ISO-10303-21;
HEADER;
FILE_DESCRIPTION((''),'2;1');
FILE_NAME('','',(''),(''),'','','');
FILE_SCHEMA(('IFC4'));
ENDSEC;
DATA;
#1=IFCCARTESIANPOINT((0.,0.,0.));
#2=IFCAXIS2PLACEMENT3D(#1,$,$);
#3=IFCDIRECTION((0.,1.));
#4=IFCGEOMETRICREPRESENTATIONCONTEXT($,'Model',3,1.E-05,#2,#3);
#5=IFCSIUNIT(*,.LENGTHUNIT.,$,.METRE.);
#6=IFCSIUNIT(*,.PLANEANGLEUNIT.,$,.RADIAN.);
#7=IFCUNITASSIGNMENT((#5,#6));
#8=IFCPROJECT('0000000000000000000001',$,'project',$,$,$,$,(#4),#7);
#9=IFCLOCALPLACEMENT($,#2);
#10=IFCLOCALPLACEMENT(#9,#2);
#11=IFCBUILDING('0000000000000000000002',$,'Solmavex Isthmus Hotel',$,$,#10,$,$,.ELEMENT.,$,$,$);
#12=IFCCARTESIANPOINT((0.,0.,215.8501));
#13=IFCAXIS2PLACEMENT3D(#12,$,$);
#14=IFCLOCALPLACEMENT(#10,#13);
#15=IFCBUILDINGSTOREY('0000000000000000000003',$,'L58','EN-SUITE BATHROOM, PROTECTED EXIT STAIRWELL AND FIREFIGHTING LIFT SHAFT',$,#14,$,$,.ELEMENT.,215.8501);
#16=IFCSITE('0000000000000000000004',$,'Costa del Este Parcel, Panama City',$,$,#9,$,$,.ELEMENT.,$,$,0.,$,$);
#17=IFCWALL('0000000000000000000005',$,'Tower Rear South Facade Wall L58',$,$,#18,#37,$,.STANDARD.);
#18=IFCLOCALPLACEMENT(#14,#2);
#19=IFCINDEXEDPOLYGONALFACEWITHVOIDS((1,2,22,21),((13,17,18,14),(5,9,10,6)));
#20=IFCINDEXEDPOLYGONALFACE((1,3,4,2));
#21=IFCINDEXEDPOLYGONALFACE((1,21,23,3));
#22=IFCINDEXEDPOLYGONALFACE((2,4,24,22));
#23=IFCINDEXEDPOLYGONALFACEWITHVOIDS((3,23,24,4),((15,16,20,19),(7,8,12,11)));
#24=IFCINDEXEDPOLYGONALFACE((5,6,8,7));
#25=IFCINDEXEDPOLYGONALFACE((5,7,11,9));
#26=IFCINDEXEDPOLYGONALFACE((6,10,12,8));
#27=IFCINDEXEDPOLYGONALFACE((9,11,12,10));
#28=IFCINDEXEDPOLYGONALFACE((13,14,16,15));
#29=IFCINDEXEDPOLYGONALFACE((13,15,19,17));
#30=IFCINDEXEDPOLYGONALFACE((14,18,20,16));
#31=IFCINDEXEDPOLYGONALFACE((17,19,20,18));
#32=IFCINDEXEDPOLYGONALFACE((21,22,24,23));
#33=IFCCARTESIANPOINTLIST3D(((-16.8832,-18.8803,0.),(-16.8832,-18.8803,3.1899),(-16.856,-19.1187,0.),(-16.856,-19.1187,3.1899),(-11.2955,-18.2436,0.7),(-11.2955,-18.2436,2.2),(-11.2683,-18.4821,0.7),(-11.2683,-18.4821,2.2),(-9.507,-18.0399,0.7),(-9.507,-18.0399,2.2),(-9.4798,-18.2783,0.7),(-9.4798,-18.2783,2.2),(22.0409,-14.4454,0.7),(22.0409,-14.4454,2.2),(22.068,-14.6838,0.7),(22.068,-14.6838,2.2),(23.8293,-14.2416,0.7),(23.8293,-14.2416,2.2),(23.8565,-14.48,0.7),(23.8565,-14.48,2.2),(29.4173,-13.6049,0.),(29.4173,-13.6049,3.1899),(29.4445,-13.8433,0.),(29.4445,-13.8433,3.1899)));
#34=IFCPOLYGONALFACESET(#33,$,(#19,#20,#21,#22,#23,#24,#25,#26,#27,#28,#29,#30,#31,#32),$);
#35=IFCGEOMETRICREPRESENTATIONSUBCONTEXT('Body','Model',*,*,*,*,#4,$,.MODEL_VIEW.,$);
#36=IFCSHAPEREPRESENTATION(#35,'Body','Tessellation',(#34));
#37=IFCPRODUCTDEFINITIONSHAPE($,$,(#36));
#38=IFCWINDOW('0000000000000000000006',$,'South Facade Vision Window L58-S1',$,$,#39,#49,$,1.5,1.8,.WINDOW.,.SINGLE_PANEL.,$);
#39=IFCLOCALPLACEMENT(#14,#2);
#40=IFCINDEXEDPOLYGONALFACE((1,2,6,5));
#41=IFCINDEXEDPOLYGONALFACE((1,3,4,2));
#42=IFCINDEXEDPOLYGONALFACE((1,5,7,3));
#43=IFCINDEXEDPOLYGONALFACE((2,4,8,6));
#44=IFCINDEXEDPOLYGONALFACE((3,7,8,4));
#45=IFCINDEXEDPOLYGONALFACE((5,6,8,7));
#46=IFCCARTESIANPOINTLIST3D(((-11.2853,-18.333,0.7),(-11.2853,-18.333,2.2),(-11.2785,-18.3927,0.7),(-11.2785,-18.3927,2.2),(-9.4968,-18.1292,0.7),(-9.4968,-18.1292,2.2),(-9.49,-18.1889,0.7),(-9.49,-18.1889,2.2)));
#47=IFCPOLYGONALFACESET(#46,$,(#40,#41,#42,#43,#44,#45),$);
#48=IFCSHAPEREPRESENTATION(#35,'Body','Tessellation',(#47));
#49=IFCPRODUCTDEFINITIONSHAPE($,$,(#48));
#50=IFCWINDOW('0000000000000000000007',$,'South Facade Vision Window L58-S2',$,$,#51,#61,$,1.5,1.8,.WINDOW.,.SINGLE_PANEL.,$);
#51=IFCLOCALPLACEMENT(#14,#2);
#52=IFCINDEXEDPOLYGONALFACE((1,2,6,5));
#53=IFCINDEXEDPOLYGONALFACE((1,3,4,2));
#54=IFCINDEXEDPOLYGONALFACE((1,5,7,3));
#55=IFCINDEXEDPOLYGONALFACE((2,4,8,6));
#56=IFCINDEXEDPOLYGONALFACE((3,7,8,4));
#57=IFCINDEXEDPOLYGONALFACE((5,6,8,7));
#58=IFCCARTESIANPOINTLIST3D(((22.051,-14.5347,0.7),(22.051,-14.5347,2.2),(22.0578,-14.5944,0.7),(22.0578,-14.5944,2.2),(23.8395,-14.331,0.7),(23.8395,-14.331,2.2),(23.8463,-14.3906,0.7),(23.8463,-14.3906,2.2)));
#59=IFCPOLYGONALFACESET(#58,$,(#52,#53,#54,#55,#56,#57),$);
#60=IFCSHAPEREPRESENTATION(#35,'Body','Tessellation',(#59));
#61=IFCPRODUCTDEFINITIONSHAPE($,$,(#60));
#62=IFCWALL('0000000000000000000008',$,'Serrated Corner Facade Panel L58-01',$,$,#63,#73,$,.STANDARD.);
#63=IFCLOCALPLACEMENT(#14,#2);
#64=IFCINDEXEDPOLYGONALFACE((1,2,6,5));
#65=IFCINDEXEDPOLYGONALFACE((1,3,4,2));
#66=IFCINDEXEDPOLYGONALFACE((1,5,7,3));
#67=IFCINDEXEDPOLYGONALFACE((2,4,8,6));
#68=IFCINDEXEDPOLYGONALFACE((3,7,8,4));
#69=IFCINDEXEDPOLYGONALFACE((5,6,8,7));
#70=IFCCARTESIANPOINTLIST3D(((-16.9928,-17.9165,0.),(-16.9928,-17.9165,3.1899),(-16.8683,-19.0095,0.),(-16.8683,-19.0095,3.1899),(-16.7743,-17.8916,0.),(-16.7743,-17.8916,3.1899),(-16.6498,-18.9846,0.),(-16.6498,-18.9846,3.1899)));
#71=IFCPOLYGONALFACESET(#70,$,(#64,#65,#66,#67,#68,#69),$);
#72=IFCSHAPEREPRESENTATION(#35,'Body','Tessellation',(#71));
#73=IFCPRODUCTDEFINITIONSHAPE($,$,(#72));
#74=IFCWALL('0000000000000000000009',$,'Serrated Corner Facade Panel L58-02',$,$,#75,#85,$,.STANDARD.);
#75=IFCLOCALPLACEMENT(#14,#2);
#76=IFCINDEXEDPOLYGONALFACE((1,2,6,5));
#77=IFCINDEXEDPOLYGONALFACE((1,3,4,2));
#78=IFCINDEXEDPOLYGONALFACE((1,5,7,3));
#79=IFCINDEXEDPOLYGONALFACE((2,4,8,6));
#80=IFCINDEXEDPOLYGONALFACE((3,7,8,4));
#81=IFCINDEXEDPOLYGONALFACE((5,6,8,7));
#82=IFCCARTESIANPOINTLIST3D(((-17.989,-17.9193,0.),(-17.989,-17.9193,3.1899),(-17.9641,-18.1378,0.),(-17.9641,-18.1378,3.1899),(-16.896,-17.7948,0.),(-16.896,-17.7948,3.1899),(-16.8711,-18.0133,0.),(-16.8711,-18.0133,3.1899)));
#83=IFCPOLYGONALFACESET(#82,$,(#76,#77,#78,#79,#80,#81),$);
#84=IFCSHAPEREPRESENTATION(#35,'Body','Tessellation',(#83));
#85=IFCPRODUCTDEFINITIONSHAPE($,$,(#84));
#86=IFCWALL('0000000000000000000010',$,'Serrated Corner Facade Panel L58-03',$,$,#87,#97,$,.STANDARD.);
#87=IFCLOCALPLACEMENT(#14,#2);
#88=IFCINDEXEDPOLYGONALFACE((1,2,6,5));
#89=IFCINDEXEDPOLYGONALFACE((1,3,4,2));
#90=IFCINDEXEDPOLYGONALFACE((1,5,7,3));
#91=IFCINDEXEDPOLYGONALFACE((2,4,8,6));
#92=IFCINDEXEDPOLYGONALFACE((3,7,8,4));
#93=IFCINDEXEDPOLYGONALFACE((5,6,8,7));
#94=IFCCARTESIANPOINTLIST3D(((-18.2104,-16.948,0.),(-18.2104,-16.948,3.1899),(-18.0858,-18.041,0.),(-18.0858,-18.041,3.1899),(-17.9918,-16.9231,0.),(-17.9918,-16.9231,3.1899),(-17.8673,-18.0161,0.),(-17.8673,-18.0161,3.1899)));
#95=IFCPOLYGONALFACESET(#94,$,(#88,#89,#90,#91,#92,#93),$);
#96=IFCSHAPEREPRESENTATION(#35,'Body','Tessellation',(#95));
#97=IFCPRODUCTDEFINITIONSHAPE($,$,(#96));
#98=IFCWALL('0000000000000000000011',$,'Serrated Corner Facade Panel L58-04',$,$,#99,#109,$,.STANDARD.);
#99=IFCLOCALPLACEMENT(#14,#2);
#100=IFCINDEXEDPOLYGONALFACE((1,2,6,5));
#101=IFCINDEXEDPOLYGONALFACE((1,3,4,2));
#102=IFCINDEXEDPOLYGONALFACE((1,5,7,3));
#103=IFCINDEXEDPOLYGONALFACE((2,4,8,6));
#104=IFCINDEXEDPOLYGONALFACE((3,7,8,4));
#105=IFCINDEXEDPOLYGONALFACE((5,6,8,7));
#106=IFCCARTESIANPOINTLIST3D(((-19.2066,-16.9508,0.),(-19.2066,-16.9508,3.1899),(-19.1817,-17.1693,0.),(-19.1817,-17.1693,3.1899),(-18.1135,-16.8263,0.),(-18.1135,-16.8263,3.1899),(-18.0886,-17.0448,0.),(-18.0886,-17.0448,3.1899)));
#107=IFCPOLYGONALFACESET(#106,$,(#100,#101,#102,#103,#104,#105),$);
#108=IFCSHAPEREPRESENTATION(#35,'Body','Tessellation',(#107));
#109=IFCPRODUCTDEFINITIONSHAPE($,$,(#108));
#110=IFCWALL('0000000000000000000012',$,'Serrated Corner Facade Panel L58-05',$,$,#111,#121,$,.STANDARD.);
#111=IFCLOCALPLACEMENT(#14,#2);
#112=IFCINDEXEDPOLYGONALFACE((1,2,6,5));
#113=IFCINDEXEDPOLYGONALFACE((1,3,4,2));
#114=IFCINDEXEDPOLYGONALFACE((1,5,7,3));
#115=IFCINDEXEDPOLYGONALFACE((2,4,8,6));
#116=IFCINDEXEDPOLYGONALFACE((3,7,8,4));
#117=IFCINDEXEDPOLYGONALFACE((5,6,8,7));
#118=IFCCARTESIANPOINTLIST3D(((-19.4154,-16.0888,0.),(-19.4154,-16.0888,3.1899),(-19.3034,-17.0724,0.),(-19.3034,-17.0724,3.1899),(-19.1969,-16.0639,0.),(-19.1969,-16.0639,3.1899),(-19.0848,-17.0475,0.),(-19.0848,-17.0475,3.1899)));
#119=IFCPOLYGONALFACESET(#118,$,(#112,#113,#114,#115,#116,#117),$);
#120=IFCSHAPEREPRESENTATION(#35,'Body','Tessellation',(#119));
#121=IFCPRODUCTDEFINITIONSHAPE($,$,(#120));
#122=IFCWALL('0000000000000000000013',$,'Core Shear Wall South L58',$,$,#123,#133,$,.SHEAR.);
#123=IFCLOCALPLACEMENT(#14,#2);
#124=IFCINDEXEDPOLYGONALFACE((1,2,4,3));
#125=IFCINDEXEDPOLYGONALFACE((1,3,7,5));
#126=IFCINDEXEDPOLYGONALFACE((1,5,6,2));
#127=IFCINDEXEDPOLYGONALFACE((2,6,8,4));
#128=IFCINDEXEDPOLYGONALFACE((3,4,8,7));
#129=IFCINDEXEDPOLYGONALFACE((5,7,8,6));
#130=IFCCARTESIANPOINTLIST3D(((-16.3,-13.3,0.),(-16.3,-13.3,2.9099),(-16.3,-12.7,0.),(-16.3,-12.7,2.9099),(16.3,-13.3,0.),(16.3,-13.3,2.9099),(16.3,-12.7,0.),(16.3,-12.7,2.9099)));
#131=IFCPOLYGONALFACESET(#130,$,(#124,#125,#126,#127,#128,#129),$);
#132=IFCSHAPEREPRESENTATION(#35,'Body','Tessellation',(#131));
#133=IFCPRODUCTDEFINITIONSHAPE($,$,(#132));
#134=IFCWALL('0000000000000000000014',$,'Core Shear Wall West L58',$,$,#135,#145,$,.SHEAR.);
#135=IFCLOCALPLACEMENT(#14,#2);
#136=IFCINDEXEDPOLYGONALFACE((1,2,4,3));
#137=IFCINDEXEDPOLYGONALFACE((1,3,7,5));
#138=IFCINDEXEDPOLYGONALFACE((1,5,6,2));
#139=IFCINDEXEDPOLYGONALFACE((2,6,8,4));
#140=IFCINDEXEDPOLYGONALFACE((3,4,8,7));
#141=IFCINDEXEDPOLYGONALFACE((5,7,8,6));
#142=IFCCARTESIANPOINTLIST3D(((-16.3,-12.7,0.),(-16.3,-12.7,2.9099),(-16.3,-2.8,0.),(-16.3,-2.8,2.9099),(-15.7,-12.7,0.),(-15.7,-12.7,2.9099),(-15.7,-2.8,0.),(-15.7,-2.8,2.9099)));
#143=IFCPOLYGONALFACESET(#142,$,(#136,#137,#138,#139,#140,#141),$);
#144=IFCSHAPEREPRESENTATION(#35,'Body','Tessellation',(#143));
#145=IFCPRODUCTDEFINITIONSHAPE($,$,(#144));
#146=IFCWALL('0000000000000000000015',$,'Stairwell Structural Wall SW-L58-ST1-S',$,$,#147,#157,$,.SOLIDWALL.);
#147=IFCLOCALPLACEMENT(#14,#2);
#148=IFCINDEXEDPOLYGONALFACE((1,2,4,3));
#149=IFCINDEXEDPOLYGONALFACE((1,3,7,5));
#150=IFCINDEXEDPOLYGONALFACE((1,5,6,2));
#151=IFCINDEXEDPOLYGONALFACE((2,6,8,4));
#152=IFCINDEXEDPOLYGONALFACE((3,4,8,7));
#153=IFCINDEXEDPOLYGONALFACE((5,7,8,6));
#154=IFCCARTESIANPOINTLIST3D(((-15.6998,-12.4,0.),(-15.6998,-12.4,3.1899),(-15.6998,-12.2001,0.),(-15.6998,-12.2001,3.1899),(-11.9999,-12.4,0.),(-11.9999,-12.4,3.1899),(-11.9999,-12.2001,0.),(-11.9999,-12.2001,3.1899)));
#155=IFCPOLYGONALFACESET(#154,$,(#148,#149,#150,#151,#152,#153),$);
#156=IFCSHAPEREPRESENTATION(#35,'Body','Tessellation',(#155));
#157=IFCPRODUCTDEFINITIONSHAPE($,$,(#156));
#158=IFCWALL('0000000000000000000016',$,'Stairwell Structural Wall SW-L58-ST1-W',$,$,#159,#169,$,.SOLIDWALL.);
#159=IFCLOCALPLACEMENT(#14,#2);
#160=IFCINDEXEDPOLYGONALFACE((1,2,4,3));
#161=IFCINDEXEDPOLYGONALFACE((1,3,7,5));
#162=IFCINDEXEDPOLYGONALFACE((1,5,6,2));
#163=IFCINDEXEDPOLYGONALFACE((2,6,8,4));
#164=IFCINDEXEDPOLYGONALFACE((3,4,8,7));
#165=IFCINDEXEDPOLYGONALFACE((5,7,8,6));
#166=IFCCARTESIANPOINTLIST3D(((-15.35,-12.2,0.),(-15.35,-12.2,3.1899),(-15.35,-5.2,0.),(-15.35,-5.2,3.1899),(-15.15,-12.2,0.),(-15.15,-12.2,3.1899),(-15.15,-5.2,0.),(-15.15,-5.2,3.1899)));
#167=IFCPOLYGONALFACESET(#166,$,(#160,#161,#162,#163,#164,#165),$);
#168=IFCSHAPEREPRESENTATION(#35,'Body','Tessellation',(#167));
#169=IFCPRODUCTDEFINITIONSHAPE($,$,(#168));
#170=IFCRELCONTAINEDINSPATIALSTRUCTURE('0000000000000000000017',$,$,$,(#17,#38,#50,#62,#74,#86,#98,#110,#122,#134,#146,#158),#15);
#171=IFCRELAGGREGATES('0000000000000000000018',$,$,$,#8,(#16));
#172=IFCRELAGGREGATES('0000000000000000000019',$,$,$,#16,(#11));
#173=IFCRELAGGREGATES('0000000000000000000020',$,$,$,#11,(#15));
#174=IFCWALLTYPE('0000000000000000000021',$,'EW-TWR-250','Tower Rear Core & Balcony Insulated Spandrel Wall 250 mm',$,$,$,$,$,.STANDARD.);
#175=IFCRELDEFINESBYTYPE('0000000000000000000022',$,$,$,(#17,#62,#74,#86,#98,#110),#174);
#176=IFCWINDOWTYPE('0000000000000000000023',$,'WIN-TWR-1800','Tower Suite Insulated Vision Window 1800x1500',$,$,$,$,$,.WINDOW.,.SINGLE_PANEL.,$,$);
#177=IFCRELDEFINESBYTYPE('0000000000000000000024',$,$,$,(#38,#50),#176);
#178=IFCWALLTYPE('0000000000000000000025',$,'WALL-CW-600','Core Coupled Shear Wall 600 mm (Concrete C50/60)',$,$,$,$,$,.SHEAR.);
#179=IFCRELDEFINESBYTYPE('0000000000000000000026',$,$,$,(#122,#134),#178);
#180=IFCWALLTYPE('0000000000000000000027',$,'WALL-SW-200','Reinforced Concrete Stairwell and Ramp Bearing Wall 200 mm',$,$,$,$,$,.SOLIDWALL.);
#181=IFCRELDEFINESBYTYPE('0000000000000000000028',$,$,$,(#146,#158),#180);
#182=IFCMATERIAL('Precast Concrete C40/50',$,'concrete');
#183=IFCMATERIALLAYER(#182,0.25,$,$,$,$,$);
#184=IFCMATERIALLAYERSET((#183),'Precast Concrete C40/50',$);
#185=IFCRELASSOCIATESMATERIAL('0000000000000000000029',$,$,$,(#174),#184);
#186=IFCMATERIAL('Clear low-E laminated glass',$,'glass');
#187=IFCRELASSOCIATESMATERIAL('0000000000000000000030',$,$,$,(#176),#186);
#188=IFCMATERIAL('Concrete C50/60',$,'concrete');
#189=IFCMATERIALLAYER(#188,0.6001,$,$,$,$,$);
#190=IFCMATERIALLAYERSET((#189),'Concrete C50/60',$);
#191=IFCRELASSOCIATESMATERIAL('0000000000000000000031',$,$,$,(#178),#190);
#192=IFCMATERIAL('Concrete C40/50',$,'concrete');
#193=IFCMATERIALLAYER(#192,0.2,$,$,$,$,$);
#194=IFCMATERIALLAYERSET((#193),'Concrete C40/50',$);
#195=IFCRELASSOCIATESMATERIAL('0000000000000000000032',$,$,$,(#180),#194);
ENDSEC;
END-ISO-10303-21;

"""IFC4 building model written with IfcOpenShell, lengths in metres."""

from ifc_helpers import new_model, si_unit, direction, frame, frame_2d, origin, place, context, subcontext, project, spatial, rectangle, extrude, material, layer, layer_set, type_object, element, fill, save


model = new_model("IFC4")

# Units and contexts
model_context = context("Model", 3, precision=1e-05, world=origin(), true_north=direction((0.0, 1.0)))
body_context = subcontext(model_context, "Body", "Model", "MODEL_VIEW")
ifc_project = project(units=[si_unit("LENGTHUNIT", "METRE"), si_unit("PLANEANGLEUNIT", "RADIAN")], contexts=[model_context])

# Site, building, storey
site_placement = place(None, origin())
site = spatial("IfcSite", under=ifc_project, at=site_placement, Name="Costa del Este Parcel, Panama City", CompositionType="ELEMENT", RefElevation=0.0)
building_placement = place(site_placement, origin())
building = spatial("IfcBuilding", under=site, at=building_placement, Name="Solmavex Isthmus Hotel", CompositionType="ELEMENT")
storey_placement = place(building_placement, frame((0.0, 0.0, 215.8501)))
storey = spatial("IfcBuildingStorey", under=building, at=storey_placement, Name="L58", Description="EN-SUITE BATHROOM, PROTECTED EXIT STAIRWELL AND FIREFIGHTING LIFT SHAFT", CompositionType="ELEMENT", Elevation=215.8501)

# Shared definitions
ifc_material_1 = material(Name="Concrete C50/60", Category="concrete")

# Shared definitions
ifc_material_2 = material(Name="Clear low-E laminated glass", Category="glass")

# Wall, openings, windows
ifc_material_3 = material(Name="Precast Concrete C40/50", Category="concrete")
ifc_layer_1 = layer(ifc_material_3, 0.25)
ifc_layer_set_1 = layer_set([ifc_layer_1], Name="Precast Concrete C40/50")
wall_type_1 = type_object("IfcWallType", Name="EW-TWR-250", Description="Tower Rear Core & Balcony Insulated Spandrel Wall 250 mm", PredefinedType="STANDARD", material=ifc_layer_set_1)
wall_1_placement = place(storey_placement, frame((-16.8696, -18.9995, 0.0), z_axis=(0.0, 0.0, 1.0), x_axis=(0.993572, 0.113206, 0.0)))
wall_1 = element("IfcWall", 1, at=wall_1_placement, inside=storey, type_object=wall_type_1, Name="Tower Rear South Facade Wall L58", PredefinedType="STANDARD", context=body_context, shape_type="SweptSolid", body=[
    extrude(rectangle(XDim=46.6001, YDim=0.24, at=frame_2d((23.3, 0.0))), origin(), (0.0, 0.0, 1.0), 3.1899),
])
opening_1_placement = place(wall_1_placement, frame((5.624, 0.0, 0.7)))
opening_1 = element("IfcOpeningElement", 2, at=opening_1_placement, cuts=wall_1, PredefinedType="OPENING", context=body_context, shape_type="SweptSolid", body=[
    extrude(rectangle(XDim=1.8, YDim=1.5, at=frame_2d((0.8999, 0.75))), frame((0.0, 0.1299, 0.0), z_axis=(0.0, -1.0, 0.0), x_axis=(1.0, 0.0, 0.0)), (0.0, 0.0, 1.0), 0.26),
])
opening_2_placement = place(wall_1_placement, frame((39.176, 0.0, 0.7)))
opening_2 = element("IfcOpeningElement", 3, at=opening_2_placement, cuts=wall_1, PredefinedType="OPENING", context=body_context, shape_type="SweptSolid", body=[
    extrude(rectangle(XDim=1.8, YDim=1.5, at=frame_2d((0.8999, 0.75))), frame((0.0, 0.1299, 0.0), z_axis=(0.0, -1.0, 0.0), x_axis=(1.0, 0.0, 0.0)), (0.0, 0.0, 1.0), 0.26),
])
window_type = type_object("IfcWindowType", Name="WIN-TWR-1800", Description="Tower Suite Insulated Vision Window 1800x1500", PartitioningType="SINGLE_PANEL", PredefinedType="WINDOW", material=ifc_material_2)
window_1_placement = place(opening_1_placement, origin())
window_1 = element("IfcWindow", 4, at=window_1_placement, inside=storey, type_object=window_type, Name="South Facade Vision Window L58-S1", OverallHeight=1.5, OverallWidth=1.8, PartitioningType="SINGLE_PANEL", PredefinedType="WINDOW", context=body_context, shape_type="SweptSolid", body=[
    extrude(rectangle(XDim=1.8, YDim=1.5, at=frame_2d((0.8999, 0.75))), frame((0.0, 0.03, 0.0), z_axis=(0.0, -1.0, 0.0), x_axis=(1.0, 0.0, 0.0)), (0.0, 0.0, 1.0), 0.0601),
])
fill(opening_1, window_1)
window_2_placement = place(opening_2_placement, origin())
window_2 = element("IfcWindow", 5, at=window_2_placement, inside=storey, type_object=window_type, Name="South Facade Vision Window L58-S2", OverallHeight=1.5, OverallWidth=1.8, PartitioningType="SINGLE_PANEL", PredefinedType="WINDOW", context=body_context, shape_type="SweptSolid", body=[
    extrude(rectangle(XDim=1.8, YDim=1.5, at=frame_2d((0.8999, 0.75))), frame((0.0, 0.03, 0.0), z_axis=(0.0, -1.0, 0.0), x_axis=(1.0, 0.0, 0.0)), (0.0, 0.0, 1.0), 0.0601),
])
fill(opening_2, window_2)

# Walls
for number, where, z_axis, x_axis, name in (
    (6, (-16.759, -18.9971, 0.0), (0.0, 0.0, 1.0), (-0.113184, 0.993574, 0.0), "Serrated Corner Facade Panel L58-01"),
    (7, (-16.8835, -17.9041, 0.0), (0.0, 0.0, 1.0), (-0.993574, -0.113184, 0.0), "Serrated Corner Facade Panel L58-02"),
    (8, (-17.9766, -18.0286, 0.0), (0.0, 0.0, 1.0), (-0.113184, 0.993574, 0.0), "Serrated Corner Facade Panel L58-03"),
    (9, (-18.1011, -16.9355, 0.0), (0.0, 0.0, 1.0), (-0.993574, -0.113184, 0.0), "Serrated Corner Facade Panel L58-04"),
):
    element("IfcWall", number, at=place(storey_placement, frame(where, z_axis=z_axis, x_axis=x_axis)), inside=storey, type_object=wall_type_1, Name=name, PredefinedType="STANDARD", context=body_context, shape_type="SweptSolid", body=[
        extrude(rectangle(XDim=1.1001, YDim=0.22, at=frame_2d((0.55, 0.0))), origin(), (0.0, 0.0, 1.0), 3.1899),
    ])
wall_2_placement = place(storey_placement, frame((-19.1941, -17.0601, 0.0), z_axis=(0.0, 0.0, 1.0), x_axis=(-0.113192, 0.993573, 0.0)))
element("IfcWall", 10, at=wall_2_placement, inside=storey, type_object=wall_type_1, Name="Serrated Corner Facade Panel L58-05", PredefinedType="STANDARD", context=body_context, shape_type="SweptSolid", body=[
    extrude(rectangle(XDim=0.99, YDim=0.22, at=frame_2d((0.4951, 0.0))), origin(), (0.0, 0.0, 1.0), 3.1899),
])
ifc_layer_2 = layer(ifc_material_1, 0.6001)
ifc_layer_set_2 = layer_set([ifc_layer_2], Name="Concrete C50/60")
wall_type_2 = type_object("IfcWallType", Name="WALL-CW-600", Description="Core Coupled Shear Wall 600 mm (Concrete C50/60)", PredefinedType="SHEAR", material=ifc_layer_set_2)
wall_3_placement = place(storey_placement, frame((-16.3, -13.0, 0.0), z_axis=(0.0, 0.0, 1.0), x_axis=(1.0, 0.0, 0.0)))
element("IfcWall", 11, at=wall_3_placement, inside=storey, type_object=wall_type_2, Name="Core Shear Wall South L58", PredefinedType="SHEAR", context=body_context, shape_type="SweptSolid", body=[
    extrude(rectangle(XDim=32.6001, YDim=0.6001, at=frame_2d((16.3, 0.0))), origin(), (0.0, 0.0, 1.0), 2.9099),
])
wall_4_placement = place(storey_placement, frame((-16.0, -12.7, 0.0), z_axis=(0.0, 0.0, 1.0), x_axis=(0.0, 1.0, 0.0)))
element("IfcWall", 12, at=wall_4_placement, inside=storey, type_object=wall_type_2, Name="Core Shear Wall West L58", PredefinedType="SHEAR", context=body_context, shape_type="SweptSolid", body=[
    extrude(rectangle(XDim=9.8999, YDim=0.6001, at=frame_2d((4.95, 0.0))), origin(), (0.0, 0.0, 1.0), 2.9099),
])
ifc_material_4 = material(Name="Concrete C40/50", Category="concrete")
ifc_layer_3 = layer(ifc_material_4, 0.2)
ifc_layer_set_3 = layer_set([ifc_layer_3], Name="Concrete C40/50")
wall_type_3 = type_object("IfcWallType", Name="WALL-SW-200", Description="Reinforced Concrete Stairwell and Ramp Bearing Wall 200 mm", PredefinedType="SOLIDWALL", material=ifc_layer_set_3)
wall_5_placement = place(storey_placement, frame((-15.7, -12.3, 0.0), z_axis=(0.0, 0.0, 1.0), x_axis=(1.0, 0.0, 0.0)))
element("IfcWall", 13, at=wall_5_placement, inside=storey, type_object=wall_type_3, Name="Stairwell Structural Wall SW-L58-ST1-S", PredefinedType="SOLIDWALL", context=body_context, shape_type="SweptSolid", body=[
    extrude(rectangle(XDim=3.7, YDim=0.2, at=frame_2d((1.8501, 0.0))), origin(), (0.0, 0.0, 1.0), 3.1899),
])
wall_6_placement = place(storey_placement, frame((-15.25, -12.2, 0.0), z_axis=(0.0, 0.0, 1.0), x_axis=(0.0, 1.0, 0.0)))
element("IfcWall", 14, at=wall_6_placement, inside=storey, type_object=wall_type_3, Name="Stairwell Structural Wall SW-L58-ST1-W", PredefinedType="SOLIDWALL", context=body_context, shape_type="SweptSolid", body=[
    extrude(rectangle(XDim=7.0, YDim=0.2, at=frame_2d((3.5, 0.0))), origin(), (0.0, 0.0, 1.0), 3.1899),
])

save(model, "model.ifc")
